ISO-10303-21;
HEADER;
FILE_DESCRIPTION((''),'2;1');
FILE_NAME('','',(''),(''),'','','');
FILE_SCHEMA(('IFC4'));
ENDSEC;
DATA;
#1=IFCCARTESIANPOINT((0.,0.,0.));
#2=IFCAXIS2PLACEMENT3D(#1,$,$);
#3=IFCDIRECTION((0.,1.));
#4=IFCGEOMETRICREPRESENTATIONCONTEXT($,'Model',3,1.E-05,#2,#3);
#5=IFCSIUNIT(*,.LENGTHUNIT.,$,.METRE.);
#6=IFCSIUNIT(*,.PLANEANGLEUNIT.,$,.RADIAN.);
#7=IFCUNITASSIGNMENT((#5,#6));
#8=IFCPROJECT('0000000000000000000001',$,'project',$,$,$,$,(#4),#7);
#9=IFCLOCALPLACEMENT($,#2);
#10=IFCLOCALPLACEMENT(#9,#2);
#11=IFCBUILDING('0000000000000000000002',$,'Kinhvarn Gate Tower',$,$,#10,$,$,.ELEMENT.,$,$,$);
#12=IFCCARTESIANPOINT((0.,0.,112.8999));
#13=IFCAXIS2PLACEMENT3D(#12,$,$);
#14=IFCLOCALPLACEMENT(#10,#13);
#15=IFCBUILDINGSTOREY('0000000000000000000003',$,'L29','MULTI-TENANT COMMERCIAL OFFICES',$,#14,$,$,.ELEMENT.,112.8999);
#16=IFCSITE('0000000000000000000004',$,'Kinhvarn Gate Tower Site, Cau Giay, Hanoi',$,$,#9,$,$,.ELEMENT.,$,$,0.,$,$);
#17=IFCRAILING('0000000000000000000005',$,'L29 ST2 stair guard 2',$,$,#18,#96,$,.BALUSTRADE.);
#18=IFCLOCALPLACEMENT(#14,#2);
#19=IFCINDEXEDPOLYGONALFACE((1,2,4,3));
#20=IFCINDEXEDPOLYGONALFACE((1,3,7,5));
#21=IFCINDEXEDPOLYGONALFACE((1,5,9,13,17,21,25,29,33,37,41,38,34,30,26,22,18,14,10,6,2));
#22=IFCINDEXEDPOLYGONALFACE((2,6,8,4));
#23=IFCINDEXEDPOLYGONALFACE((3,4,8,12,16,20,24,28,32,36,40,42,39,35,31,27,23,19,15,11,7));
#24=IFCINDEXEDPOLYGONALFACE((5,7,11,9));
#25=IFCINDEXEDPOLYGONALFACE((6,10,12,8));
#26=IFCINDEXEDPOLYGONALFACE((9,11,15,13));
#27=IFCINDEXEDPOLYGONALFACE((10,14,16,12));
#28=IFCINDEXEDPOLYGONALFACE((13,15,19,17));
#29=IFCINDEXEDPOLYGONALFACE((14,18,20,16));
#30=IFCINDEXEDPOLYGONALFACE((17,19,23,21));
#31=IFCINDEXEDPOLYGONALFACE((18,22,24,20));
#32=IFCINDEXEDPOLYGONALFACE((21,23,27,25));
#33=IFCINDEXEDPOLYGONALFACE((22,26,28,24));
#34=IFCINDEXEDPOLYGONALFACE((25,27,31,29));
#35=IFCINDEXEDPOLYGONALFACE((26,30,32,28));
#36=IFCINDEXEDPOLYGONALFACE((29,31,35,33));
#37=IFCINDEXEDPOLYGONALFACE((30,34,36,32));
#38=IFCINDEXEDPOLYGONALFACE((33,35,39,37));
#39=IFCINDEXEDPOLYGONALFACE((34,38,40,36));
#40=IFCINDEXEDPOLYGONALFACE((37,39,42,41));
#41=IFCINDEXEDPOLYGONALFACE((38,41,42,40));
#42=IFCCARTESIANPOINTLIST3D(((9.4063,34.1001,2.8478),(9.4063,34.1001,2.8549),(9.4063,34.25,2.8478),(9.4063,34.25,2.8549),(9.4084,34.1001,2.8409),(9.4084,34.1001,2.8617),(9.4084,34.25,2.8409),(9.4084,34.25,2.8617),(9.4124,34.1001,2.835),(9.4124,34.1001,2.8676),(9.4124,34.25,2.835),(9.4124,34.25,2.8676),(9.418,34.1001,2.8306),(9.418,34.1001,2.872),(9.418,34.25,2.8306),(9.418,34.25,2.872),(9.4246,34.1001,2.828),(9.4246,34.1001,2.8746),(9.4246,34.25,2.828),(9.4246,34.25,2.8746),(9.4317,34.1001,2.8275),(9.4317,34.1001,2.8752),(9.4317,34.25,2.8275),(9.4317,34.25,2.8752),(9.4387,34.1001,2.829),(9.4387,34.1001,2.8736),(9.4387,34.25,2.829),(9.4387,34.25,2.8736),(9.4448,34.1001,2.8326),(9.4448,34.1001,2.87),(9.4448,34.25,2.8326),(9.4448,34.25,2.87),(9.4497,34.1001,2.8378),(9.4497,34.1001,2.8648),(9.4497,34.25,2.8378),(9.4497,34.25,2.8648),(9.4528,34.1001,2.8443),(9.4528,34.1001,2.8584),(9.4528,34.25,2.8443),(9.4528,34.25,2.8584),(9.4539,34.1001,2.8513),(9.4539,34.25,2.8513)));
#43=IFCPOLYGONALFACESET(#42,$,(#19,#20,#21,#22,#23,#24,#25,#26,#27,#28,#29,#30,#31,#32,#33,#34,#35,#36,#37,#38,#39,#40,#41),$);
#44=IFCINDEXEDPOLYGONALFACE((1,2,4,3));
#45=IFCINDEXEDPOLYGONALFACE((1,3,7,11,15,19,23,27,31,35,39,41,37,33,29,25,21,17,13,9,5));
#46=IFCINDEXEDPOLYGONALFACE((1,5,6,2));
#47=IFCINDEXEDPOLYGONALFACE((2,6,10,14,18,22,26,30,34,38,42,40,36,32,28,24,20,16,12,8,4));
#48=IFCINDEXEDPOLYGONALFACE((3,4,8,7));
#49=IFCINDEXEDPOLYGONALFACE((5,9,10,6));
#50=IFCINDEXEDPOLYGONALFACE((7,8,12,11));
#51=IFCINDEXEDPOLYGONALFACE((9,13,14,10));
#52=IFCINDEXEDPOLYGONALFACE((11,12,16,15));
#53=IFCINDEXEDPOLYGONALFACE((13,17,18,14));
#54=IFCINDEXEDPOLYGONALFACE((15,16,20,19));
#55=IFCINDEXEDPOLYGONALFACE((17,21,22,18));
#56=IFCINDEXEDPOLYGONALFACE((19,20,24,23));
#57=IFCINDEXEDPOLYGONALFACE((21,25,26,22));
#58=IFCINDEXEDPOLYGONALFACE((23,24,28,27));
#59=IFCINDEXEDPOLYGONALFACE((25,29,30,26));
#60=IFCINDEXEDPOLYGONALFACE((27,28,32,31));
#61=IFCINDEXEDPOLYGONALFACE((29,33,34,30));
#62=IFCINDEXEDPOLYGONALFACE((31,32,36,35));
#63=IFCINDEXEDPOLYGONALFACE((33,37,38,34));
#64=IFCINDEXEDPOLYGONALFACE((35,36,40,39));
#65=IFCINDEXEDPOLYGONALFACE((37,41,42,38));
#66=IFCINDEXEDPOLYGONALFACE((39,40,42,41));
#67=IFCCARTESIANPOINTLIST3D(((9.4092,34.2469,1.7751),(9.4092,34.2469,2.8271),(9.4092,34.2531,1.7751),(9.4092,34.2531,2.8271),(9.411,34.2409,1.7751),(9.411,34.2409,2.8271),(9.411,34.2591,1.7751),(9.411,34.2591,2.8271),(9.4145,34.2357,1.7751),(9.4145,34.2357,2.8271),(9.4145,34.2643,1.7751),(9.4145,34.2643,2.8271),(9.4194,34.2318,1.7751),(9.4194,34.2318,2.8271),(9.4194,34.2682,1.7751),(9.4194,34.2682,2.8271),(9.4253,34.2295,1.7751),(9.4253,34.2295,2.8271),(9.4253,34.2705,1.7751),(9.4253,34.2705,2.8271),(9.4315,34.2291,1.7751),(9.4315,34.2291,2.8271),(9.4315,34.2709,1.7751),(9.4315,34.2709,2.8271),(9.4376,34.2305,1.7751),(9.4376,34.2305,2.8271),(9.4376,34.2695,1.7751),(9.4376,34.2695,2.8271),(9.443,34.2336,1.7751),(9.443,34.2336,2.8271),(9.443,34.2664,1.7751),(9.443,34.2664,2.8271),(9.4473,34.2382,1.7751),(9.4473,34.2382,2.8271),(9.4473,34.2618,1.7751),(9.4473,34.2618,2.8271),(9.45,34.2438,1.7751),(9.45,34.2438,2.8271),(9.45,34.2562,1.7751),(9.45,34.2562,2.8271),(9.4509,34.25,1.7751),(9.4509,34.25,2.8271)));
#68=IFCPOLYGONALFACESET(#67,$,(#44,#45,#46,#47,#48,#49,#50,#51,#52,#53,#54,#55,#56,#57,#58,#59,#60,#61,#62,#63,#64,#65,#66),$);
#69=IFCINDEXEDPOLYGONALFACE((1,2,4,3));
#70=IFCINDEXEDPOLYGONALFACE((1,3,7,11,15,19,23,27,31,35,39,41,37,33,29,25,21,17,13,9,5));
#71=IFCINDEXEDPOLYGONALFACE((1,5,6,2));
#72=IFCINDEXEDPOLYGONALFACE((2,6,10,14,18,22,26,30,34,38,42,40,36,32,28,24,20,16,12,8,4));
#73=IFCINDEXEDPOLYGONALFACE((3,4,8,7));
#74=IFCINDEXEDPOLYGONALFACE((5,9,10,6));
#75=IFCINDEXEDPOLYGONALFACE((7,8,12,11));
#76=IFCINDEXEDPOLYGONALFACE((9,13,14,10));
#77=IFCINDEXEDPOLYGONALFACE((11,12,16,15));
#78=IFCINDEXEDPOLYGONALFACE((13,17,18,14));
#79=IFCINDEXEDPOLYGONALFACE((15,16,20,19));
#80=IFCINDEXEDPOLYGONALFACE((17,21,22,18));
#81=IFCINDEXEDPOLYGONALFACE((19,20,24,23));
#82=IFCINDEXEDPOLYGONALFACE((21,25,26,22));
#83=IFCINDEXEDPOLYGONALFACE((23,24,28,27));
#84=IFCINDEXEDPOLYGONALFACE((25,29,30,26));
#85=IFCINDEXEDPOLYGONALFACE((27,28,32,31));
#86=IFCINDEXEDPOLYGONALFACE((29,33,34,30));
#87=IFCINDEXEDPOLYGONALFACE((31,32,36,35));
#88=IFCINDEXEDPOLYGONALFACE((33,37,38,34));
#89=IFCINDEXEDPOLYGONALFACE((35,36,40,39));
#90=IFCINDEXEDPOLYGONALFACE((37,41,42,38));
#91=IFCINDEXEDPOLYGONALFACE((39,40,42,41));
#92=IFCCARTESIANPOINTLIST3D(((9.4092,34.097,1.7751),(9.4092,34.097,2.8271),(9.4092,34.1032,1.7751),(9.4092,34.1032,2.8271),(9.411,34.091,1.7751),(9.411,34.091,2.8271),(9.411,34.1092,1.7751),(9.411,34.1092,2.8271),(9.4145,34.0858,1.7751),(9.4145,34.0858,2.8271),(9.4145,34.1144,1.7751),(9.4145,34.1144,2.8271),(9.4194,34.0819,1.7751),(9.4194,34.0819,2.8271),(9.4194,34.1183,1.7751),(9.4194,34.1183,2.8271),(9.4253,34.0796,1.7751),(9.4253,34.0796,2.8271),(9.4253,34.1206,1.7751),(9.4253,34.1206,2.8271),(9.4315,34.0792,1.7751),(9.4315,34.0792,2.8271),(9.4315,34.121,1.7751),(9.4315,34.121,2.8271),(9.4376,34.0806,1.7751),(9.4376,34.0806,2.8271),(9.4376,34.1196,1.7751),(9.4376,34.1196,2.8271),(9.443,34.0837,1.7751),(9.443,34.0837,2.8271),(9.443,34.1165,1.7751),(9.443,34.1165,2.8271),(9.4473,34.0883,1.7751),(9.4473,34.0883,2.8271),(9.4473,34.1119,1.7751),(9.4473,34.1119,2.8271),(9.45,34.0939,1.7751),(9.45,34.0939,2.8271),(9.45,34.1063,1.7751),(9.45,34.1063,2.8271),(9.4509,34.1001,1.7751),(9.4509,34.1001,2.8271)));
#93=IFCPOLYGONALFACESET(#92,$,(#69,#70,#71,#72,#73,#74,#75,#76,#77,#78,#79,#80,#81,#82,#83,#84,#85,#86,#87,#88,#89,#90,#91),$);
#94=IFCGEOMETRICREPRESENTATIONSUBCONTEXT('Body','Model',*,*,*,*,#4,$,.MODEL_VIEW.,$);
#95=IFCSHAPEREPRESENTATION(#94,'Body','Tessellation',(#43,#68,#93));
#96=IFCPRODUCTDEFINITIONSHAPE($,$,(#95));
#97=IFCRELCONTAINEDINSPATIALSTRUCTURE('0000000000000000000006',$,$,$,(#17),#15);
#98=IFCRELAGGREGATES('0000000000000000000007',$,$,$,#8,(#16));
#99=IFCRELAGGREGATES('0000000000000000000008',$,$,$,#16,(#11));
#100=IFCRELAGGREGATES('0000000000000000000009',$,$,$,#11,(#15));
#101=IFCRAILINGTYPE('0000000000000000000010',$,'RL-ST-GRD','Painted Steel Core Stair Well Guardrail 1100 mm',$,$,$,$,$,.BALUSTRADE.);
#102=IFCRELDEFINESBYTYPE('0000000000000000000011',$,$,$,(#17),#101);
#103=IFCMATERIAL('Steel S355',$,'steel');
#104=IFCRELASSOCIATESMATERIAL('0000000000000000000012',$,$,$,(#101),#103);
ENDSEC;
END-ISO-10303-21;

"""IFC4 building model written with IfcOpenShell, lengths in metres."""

from ifc_helpers import new_model, si_unit, direction, frame, origin, origin_2d, place, context, subcontext, project, spatial, circle, extrude, material, type_object, element, save


model = new_model("IFC4")

# Units and contexts
model_context = context("Model", 3, precision=1e-05, world=origin(), true_north=direction((0.0, 1.0)))
body_context = subcontext(model_context, "Body", "Model", "MODEL_VIEW")
ifc_project = project(units=[si_unit("LENGTHUNIT", "METRE"), si_unit("PLANEANGLEUNIT", "RADIAN")], contexts=[model_context])

# Site, building, storey
site_placement = place(None, origin())
site = spatial("IfcSite", under=ifc_project, at=site_placement, Name="Kinhvarn Gate Tower Site, Cau Giay, Hanoi", CompositionType="ELEMENT", RefElevation=0.0)
building_placement = place(site_placement, origin())
building = spatial("IfcBuilding", under=site, at=building_placement, Name="Kinhvarn Gate Tower", CompositionType="ELEMENT")
storey_placement = place(building_placement, frame((0.0, 0.0, 112.8999)))
storey = spatial("IfcBuildingStorey", under=building, at=storey_placement, Name="L29", Description="MULTI-TENANT COMMERCIAL OFFICES", CompositionType="ELEMENT", Elevation=112.8999)

# Shared definitions
ifc_material_1 = material(Name="Steel S355", Category="steel")

# Railing
railing_type_1 = type_object("IfcRailingType", Name="RL-ST-GRD", Description="Painted Steel Core Stair Well Guardrail 1100 mm", PredefinedType="BALUSTRADE", material=ifc_material_1)
railing_1_placement = place(storey_placement, frame((9.4299, 34.25, 1.7751)))
element("IfcRailing", 1, at=railing_1_placement, inside=storey, type_object=railing_type_1, Name="L29 ST2 stair guard 2", PredefinedType="BALUSTRADE", context=body_context, shape_type="SweptSolid", body=[
    extrude(circle(Radius=0.0239, at=origin_2d()), frame((0.0, 0.0, 1.0762), z_axis=(0.0, -1.0, 0.0), x_axis=(1.0, 0.0, 0.0)), (0.0, 0.0, 1.0), 0.1499),
    extrude(circle(Radius=0.021, at=origin_2d()), origin(), (0.0, 0.0, 1.0), 1.052),
    extrude(circle(Radius=0.021, at=origin_2d()), frame((0.0, -0.1499, 0.0)), (0.0, 0.0, 1.0), 1.052),
])

save(model, "model.ifc")
